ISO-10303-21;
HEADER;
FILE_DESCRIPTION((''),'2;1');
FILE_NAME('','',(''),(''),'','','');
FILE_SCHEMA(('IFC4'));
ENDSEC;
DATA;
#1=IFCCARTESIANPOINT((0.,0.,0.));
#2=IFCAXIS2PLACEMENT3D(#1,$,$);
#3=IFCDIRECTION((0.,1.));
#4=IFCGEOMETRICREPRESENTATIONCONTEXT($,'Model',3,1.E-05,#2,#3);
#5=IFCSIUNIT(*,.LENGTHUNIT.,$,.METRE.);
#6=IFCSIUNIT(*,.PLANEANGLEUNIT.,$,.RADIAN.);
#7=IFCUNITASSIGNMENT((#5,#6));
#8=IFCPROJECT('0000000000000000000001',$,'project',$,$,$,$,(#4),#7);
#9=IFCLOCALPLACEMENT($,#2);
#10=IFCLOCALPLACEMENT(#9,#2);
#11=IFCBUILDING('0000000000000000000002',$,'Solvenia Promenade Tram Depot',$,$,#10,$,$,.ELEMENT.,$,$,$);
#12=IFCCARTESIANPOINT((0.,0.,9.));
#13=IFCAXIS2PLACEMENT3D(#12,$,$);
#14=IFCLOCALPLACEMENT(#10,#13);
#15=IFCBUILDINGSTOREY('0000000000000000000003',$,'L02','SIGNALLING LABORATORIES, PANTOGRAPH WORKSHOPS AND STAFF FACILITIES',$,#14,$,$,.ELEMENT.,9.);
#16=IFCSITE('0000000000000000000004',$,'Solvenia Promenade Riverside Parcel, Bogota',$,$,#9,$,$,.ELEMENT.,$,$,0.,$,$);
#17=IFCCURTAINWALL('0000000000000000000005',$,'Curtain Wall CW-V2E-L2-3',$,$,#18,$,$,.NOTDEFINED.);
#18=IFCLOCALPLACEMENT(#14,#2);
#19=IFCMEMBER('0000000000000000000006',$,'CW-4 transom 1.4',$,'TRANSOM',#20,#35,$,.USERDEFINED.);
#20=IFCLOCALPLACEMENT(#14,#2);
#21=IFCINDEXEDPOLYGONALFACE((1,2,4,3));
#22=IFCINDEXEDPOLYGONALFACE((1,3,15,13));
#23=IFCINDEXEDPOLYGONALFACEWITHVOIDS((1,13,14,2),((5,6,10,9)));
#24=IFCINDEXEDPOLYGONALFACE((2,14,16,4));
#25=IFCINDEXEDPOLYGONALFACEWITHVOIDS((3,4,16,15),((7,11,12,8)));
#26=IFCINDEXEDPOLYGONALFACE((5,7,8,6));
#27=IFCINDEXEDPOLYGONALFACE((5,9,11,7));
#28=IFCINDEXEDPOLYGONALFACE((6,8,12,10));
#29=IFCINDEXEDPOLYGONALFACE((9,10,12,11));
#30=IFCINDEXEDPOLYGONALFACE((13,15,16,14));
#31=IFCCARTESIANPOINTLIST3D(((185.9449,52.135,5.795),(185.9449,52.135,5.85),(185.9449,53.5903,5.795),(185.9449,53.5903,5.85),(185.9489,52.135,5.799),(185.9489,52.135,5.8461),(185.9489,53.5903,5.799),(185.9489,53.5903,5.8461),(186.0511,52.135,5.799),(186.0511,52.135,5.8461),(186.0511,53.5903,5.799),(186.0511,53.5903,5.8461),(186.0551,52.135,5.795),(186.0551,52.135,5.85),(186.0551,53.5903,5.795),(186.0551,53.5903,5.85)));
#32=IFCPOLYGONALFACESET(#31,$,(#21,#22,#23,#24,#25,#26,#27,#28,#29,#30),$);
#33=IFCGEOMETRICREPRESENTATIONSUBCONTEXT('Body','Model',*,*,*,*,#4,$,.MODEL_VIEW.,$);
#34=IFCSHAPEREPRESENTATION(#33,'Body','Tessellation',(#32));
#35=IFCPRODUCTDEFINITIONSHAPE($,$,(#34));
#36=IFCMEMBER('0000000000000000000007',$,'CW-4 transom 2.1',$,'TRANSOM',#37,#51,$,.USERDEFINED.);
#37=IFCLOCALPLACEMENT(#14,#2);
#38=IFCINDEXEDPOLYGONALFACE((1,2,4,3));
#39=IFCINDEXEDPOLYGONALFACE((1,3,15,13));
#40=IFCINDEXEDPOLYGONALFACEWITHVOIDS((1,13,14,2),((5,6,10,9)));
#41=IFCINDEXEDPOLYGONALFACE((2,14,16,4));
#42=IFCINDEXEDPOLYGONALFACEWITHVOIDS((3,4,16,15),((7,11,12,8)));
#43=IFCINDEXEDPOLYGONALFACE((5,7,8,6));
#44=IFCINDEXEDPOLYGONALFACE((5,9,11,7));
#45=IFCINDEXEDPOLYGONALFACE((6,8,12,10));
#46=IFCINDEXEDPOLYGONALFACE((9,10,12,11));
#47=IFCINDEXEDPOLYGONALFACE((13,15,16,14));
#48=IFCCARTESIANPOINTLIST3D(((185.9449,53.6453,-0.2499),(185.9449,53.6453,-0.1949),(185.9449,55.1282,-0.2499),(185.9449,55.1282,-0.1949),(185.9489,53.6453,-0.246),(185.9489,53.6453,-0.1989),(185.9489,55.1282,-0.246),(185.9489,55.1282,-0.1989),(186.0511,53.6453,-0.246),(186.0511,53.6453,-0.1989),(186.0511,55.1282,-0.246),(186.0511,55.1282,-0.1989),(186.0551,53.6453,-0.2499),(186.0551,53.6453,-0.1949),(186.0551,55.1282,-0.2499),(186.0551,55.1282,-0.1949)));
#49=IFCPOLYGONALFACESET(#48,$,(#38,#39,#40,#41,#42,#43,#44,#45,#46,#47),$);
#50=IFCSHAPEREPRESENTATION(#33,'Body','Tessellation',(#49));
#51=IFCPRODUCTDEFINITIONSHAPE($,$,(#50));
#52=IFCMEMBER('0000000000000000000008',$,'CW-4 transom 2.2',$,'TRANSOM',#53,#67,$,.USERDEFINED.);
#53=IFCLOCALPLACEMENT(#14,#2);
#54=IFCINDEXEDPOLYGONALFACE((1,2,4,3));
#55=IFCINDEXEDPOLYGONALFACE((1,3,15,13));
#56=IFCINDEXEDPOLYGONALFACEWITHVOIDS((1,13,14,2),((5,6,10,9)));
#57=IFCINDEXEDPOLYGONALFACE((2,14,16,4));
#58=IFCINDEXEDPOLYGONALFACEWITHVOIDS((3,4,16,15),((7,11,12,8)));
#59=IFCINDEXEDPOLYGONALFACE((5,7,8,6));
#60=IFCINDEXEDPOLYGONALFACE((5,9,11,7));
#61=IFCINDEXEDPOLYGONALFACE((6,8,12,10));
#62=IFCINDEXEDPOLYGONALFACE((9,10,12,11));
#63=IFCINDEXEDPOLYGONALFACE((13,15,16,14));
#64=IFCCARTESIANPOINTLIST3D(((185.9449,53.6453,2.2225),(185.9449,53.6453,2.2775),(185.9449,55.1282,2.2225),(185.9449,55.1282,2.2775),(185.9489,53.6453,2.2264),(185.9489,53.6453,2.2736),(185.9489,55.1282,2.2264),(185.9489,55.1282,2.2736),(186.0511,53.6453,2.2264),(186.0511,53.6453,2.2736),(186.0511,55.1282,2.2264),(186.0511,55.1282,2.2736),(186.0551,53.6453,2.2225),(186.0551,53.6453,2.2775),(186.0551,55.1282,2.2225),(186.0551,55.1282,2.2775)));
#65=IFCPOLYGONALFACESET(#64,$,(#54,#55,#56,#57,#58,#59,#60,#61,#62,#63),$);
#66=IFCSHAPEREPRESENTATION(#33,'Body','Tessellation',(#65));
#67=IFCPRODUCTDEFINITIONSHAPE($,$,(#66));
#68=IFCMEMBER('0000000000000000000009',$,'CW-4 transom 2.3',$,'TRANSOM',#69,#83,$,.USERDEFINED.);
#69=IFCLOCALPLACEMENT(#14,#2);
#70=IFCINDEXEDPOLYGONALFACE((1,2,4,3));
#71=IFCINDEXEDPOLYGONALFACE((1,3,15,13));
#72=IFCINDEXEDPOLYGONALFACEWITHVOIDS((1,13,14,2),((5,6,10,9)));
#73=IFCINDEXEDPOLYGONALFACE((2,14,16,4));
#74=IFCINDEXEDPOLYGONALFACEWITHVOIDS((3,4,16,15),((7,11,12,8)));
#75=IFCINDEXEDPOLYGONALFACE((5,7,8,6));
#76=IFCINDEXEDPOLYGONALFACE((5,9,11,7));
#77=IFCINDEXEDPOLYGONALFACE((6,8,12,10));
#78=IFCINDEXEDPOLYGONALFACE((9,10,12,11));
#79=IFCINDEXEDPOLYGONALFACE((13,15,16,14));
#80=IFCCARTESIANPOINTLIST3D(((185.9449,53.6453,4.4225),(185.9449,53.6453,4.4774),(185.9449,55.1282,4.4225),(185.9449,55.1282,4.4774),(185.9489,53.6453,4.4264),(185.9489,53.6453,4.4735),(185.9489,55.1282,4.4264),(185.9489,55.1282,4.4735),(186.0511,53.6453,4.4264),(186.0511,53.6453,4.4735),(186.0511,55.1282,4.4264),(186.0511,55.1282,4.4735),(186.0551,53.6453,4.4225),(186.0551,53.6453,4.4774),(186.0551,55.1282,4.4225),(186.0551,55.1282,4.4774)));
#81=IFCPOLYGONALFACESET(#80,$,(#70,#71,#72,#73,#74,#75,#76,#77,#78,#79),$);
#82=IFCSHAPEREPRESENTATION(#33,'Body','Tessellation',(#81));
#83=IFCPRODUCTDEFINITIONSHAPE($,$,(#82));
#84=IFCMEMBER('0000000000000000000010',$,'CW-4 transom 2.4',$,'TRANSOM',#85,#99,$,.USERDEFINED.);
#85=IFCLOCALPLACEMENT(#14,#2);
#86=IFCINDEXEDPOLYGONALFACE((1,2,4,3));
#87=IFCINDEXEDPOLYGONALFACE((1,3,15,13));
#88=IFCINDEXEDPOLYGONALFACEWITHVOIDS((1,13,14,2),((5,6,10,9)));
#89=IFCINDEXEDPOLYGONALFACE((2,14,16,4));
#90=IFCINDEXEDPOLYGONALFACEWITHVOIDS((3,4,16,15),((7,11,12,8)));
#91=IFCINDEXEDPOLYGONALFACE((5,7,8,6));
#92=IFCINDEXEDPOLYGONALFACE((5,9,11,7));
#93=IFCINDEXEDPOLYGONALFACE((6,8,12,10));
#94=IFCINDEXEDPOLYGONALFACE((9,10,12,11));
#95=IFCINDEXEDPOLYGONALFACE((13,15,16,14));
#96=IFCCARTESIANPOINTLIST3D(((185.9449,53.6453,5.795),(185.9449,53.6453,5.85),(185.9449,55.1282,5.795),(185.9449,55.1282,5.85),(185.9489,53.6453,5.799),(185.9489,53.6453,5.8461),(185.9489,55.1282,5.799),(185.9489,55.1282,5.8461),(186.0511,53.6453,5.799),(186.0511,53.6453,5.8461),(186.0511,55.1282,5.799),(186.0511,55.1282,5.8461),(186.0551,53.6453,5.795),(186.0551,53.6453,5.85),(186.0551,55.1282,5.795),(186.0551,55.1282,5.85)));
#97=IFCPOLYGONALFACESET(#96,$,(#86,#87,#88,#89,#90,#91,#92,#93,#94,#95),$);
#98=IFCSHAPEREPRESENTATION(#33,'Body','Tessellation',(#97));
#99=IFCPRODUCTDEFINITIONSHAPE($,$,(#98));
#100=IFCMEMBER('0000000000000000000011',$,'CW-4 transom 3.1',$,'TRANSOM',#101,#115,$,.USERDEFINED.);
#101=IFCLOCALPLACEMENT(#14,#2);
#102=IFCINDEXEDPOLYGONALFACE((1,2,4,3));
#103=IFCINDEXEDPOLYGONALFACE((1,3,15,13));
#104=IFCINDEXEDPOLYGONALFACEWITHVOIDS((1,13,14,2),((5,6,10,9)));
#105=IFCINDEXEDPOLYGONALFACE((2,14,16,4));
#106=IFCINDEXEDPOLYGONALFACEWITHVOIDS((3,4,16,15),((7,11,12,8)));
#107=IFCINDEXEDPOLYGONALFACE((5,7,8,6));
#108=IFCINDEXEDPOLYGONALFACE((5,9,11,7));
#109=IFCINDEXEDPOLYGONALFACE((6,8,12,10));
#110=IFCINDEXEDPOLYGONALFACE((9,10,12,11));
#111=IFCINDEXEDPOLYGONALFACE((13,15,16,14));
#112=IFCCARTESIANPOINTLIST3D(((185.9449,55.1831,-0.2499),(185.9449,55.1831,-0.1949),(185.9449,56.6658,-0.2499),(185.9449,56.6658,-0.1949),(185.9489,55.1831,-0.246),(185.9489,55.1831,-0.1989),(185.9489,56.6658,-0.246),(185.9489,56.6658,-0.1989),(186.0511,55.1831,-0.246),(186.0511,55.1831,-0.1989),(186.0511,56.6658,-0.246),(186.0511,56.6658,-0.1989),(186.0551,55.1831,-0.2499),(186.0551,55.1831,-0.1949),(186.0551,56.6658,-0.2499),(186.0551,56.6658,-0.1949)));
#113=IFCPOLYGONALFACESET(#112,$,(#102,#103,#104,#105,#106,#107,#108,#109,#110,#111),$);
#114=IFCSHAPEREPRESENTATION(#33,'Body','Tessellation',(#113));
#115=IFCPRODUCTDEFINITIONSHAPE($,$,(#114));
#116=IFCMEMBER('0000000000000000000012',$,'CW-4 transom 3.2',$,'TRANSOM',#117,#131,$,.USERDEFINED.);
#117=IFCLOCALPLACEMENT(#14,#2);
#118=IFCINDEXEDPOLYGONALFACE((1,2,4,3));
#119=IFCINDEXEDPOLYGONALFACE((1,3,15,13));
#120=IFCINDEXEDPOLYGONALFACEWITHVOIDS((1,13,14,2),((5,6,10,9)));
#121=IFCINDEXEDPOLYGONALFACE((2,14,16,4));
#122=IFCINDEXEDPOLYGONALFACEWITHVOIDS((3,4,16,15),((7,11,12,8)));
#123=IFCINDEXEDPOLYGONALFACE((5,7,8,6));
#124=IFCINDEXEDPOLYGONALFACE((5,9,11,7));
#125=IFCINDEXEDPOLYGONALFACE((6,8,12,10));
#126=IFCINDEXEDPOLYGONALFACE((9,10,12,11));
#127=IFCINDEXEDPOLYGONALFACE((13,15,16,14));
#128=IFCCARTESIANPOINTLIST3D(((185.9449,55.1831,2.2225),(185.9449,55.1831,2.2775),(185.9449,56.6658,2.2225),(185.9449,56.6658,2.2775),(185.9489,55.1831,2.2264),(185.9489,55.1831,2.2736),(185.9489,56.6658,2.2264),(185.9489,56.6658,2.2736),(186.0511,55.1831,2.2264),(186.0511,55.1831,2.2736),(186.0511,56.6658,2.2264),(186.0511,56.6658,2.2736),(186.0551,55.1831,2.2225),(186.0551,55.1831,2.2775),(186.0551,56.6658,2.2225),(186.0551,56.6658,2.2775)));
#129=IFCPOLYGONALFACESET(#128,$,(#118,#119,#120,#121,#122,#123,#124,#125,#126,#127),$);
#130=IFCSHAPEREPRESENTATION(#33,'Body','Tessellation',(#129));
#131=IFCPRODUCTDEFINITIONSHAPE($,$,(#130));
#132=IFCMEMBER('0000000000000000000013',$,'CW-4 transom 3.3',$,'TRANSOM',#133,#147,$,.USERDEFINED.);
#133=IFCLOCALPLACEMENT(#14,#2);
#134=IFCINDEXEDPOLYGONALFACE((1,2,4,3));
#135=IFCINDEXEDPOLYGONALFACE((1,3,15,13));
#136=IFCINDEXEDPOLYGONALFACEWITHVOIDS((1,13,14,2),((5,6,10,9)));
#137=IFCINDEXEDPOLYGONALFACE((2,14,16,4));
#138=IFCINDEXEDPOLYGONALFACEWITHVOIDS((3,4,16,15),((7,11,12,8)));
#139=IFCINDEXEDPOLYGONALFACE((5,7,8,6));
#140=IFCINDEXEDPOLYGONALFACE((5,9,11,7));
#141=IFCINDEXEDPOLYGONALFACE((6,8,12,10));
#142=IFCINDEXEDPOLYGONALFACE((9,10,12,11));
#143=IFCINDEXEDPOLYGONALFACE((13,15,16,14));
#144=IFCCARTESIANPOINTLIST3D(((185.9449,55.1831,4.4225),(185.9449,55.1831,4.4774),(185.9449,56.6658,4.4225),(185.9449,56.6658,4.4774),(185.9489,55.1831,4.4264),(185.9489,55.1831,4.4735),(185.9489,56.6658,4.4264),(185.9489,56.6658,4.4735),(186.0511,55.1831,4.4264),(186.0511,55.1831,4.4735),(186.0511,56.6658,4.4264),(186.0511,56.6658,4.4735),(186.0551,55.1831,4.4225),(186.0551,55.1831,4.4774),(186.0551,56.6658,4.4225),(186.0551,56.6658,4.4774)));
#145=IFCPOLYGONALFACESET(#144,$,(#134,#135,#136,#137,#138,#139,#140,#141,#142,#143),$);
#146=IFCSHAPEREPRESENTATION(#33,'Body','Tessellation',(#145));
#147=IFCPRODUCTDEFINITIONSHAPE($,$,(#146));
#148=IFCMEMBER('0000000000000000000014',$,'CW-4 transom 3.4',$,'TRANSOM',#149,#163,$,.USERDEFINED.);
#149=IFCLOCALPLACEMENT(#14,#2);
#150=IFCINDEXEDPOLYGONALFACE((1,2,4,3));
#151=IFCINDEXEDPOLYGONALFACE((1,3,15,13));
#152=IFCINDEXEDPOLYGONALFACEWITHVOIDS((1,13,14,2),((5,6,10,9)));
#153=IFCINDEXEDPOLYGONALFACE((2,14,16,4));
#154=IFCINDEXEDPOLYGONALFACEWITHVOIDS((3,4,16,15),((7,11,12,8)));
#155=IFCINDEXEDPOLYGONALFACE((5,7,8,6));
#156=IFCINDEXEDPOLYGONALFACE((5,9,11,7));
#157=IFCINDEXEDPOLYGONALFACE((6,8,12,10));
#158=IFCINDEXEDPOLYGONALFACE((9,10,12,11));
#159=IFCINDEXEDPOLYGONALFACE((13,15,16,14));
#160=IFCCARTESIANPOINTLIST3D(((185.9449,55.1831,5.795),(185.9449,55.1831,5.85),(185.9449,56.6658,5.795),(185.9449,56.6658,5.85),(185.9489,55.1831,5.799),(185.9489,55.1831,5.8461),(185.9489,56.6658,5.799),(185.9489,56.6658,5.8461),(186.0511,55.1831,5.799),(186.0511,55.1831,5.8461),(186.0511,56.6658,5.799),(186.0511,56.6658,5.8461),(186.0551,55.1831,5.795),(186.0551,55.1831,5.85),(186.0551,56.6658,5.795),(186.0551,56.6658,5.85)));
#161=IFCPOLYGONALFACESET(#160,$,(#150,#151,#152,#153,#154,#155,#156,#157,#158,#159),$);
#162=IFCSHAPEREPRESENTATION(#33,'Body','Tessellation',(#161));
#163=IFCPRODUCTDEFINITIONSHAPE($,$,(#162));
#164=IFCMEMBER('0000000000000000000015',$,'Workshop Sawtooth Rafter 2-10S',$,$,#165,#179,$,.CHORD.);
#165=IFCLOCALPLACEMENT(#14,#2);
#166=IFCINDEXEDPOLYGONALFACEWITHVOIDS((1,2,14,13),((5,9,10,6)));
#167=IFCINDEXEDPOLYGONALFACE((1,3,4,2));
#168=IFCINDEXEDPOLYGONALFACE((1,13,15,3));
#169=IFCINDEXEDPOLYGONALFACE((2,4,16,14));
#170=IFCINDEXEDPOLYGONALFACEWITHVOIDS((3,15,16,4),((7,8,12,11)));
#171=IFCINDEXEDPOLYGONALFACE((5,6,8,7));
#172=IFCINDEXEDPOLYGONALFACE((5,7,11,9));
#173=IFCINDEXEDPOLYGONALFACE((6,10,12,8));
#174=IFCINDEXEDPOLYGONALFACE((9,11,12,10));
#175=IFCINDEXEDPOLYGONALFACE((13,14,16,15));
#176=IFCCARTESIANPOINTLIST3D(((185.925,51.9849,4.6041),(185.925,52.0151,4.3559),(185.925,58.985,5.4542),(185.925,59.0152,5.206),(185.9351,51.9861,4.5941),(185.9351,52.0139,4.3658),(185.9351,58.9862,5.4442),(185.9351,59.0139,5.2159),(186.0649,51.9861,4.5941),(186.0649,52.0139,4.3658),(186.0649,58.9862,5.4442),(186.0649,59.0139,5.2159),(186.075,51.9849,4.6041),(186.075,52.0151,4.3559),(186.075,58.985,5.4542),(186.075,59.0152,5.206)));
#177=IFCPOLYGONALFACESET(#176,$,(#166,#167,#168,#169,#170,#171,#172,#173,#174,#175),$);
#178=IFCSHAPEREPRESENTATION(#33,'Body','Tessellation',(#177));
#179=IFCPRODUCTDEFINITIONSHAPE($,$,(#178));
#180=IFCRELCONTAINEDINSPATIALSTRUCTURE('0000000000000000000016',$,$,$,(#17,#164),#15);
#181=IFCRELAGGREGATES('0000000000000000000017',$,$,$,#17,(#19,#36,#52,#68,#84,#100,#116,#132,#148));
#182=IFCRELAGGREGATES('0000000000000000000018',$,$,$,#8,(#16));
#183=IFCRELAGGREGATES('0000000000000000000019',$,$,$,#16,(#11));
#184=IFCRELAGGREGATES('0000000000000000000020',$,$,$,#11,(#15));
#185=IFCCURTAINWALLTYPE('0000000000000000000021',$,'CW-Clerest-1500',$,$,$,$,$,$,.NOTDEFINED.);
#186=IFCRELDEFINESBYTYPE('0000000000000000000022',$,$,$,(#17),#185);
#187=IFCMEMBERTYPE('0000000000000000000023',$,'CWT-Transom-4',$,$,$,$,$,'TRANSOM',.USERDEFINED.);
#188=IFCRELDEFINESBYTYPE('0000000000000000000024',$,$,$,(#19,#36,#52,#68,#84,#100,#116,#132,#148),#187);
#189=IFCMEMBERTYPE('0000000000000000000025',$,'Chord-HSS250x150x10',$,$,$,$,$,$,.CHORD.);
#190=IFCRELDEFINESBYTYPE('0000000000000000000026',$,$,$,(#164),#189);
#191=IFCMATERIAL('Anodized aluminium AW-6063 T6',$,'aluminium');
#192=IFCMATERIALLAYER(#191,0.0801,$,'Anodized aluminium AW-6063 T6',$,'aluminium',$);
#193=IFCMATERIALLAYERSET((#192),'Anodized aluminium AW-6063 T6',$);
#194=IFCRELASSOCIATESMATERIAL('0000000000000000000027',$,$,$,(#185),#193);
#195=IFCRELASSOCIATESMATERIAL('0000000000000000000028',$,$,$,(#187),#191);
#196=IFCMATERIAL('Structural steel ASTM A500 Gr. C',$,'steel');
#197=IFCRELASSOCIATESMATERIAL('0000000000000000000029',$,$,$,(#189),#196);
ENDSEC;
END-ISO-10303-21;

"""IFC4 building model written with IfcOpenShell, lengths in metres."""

from ifc_helpers import new_model, si_unit, direction, frame, origin, origin_2d, place, context, subcontext, project, spatial, hollow_rectangle, extrude, material, layer, layer_set, material_profile, profile_set, type_object, element, aggregate, save


model = new_model("IFC4")

# Units and contexts
model_context = context("Model", 3, precision=1e-05, world=origin(), true_north=direction((0.0, 1.0)))
body_context = subcontext(model_context, "Body", "Model", "MODEL_VIEW")
ifc_project = project(units=[si_unit("LENGTHUNIT", "METRE"), si_unit("PLANEANGLEUNIT", "RADIAN")], contexts=[model_context])

# Site, building, storey
site_placement = place(None, origin())
site = spatial("IfcSite", under=ifc_project, at=site_placement, Name="Solvenia Promenade Riverside Parcel, Bogota", CompositionType="ELEMENT", RefElevation=0.0)
building_placement = place(site_placement, origin())
building = spatial("IfcBuilding", under=site, at=building_placement, Name="Solvenia Promenade Tram Depot", CompositionType="ELEMENT")
storey_placement = place(building_placement, frame((0.0, 0.0, 9.0)))
storey = spatial("IfcBuildingStorey", under=building, at=storey_placement, Name="L02", Description="SIGNALLING LABORATORIES, PANTOGRAPH WORKSHOPS AND STAFF FACILITIES", CompositionType="ELEMENT", Elevation=9.0)

# Shared definitions
ifc_material_1 = material(Name="Anodized aluminium AW-6063 T6", Category="aluminium")
ifc_layer_1 = layer(ifc_material_1, 0.0801, Name="Anodized aluminium AW-6063 T6", Category="aluminium")
ifc_layer_set_1 = layer_set([ifc_layer_1], Name="Anodized aluminium AW-6063 T6")
curtain_wall_type = type_object("IfcCurtainWallType", Name="CW-Clerest-1500", PredefinedType="NOTDEFINED", material=ifc_layer_set_1)

# Curtain wall
curtain_wall_1_placement = place(storey_placement, origin())
curtain_wall_1 = element("IfcCurtainWall", 1, at=curtain_wall_1_placement, inside=storey, type_object=curtain_wall_type, Name="Curtain Wall CW-V2E-L2-3", PredefinedType="NOTDEFINED")

# Members
ifc_material_profile_1 = material_profile(ifc_material_1, hollow_rectangle(XDim=0.1101, YDim=0.0549, WallThickness=0.0039, at=origin_2d()), Name="ALU-T4", Category="aluminium")
ifc_profile_set_1 = profile_set([ifc_material_profile_1], Name="Anodized aluminium AW-6063 T6")
member_type_1 = type_object("IfcMemberType", Name="CWT-Transom-4", ElementType="TRANSOM", PredefinedType="USERDEFINED", material=ifc_profile_set_1)
member_1_placement = place(storey_placement, frame((186.0, 52.135, 5.8225), z_axis=(0.0, 1.0, 0.0), x_axis=(-1.0, 0.0, 0.0)))
member_1 = element("IfcMember", 2, at=member_1_placement, type_object=member_type_1, Name="CW-4 transom 1.4", ObjectType="TRANSOM", PredefinedType="USERDEFINED", context=body_context, shape_type="SweptSolid", body=[
    extrude(hollow_rectangle(XDim=0.1101, YDim=0.0549, WallThickness=0.0039, at=origin_2d()), origin(), (0.0, 0.0, 1.0), 1.4553),
])
member_2_placement = place(storey_placement, frame((186.0, 53.6453, -0.2224), z_axis=(0.0, 1.0, 0.0), x_axis=(-1.0, 0.0, 0.0)))
member_2 = element("IfcMember", 3, at=member_2_placement, type_object=member_type_1, Name="CW-4 transom 2.1", ObjectType="TRANSOM", PredefinedType="USERDEFINED", context=body_context, shape_type="SweptSolid", body=[
    extrude(hollow_rectangle(XDim=0.1101, YDim=0.0549, WallThickness=0.0039, at=origin_2d()), origin(), (0.0, 0.0, 1.0), 1.4829),
])
member_3_placement = place(storey_placement, frame((186.0, 53.6453, 2.25), z_axis=(0.0, 1.0, 0.0), x_axis=(-1.0, 0.0, 0.0)))
member_3 = element("IfcMember", 4, at=member_3_placement, type_object=member_type_1, Name="CW-4 transom 2.2", ObjectType="TRANSOM", PredefinedType="USERDEFINED", context=body_context, shape_type="SweptSolid", body=[
    extrude(hollow_rectangle(XDim=0.1101, YDim=0.0549, WallThickness=0.0039, at=origin_2d()), origin(), (0.0, 0.0, 1.0), 1.4829),
])
member_4_placement = place(storey_placement, frame((186.0, 53.6453, 4.45), z_axis=(0.0, 1.0, 0.0), x_axis=(-1.0, 0.0, 0.0)))
member_4 = element("IfcMember", 5, at=member_4_placement, type_object=member_type_1, Name="CW-4 transom 2.3", ObjectType="TRANSOM", PredefinedType="USERDEFINED", context=body_context, shape_type="SweptSolid", body=[
    extrude(hollow_rectangle(XDim=0.1101, YDim=0.0549, WallThickness=0.0039, at=origin_2d()), origin(), (0.0, 0.0, 1.0), 1.4829),
])
member_5_placement = place(storey_placement, frame((186.0, 53.6453, 5.8225), z_axis=(0.0, 1.0, 0.0), x_axis=(-1.0, 0.0, 0.0)))
member_5 = element("IfcMember", 6, at=member_5_placement, type_object=member_type_1, Name="CW-4 transom 2.4", ObjectType="TRANSOM", PredefinedType="USERDEFINED", context=body_context, shape_type="SweptSolid", body=[
    extrude(hollow_rectangle(XDim=0.1101, YDim=0.0549, WallThickness=0.0039, at=origin_2d()), origin(), (0.0, 0.0, 1.0), 1.4829),
])
member_6_placement = place(storey_placement, frame((186.0, 55.1831, -0.2224), z_axis=(0.0, 1.0, 0.0), x_axis=(-1.0, 0.0, 0.0)))
member_6 = element("IfcMember", 7, at=member_6_placement, type_object=member_type_1, Name="CW-4 transom 3.1", ObjectType="TRANSOM", PredefinedType="USERDEFINED", context=body_context, shape_type="SweptSolid", body=[
    extrude(hollow_rectangle(XDim=0.1101, YDim=0.0549, WallThickness=0.0039, at=origin_2d()), origin(), (0.0, 0.0, 1.0), 1.4827),
])
member_7_placement = place(storey_placement, frame((186.0, 55.1831, 2.25), z_axis=(0.0, 1.0, 0.0), x_axis=(-1.0, 0.0, 0.0)))
member_7 = element("IfcMember", 8, at=member_7_placement, type_object=member_type_1, Name="CW-4 transom 3.2", ObjectType="TRANSOM", PredefinedType="USERDEFINED", context=body_context, shape_type="SweptSolid", body=[
    extrude(hollow_rectangle(XDim=0.1101, YDim=0.0549, WallThickness=0.0039, at=origin_2d()), origin(), (0.0, 0.0, 1.0), 1.4827),
])
member_8_placement = place(storey_placement, frame((186.0, 55.1831, 4.45), z_axis=(0.0, 1.0, 0.0), x_axis=(-1.0, 0.0, 0.0)))
member_8 = element("IfcMember", 9, at=member_8_placement, type_object=member_type_1, Name="CW-4 transom 3.3", ObjectType="TRANSOM", PredefinedType="USERDEFINED", context=body_context, shape_type="SweptSolid", body=[
    extrude(hollow_rectangle(XDim=0.1101, YDim=0.0549, WallThickness=0.0039, at=origin_2d()), origin(), (0.0, 0.0, 1.0), 1.4827),
])
member_9_placement = place(storey_placement, frame((186.0, 55.1831, 5.8225), z_axis=(0.0, 1.0, 0.0), x_axis=(-1.0, 0.0, 0.0)))
member_9 = element("IfcMember", 10, at=member_9_placement, type_object=member_type_1, Name="CW-4 transom 3.4", ObjectType="TRANSOM", PredefinedType="USERDEFINED", context=body_context, shape_type="SweptSolid", body=[
    extrude(hollow_rectangle(XDim=0.1101, YDim=0.0549, WallThickness=0.0039, at=origin_2d()), origin(), (0.0, 0.0, 1.0), 1.4827),
])

# Member
ifc_material_2 = material(Name="Structural steel ASTM A500 Gr. C", Category="steel")
ifc_material_profile_2 = material_profile(ifc_material_2, hollow_rectangle(XDim=0.1499, YDim=0.25, WallThickness=0.01, at=origin_2d()), Name="HSS250x150x10", Category="steel")
ifc_profile_set_2 = profile_set([ifc_material_profile_2], Name="Structural steel ASTM A500 Gr. C")
member_type_2 = type_object("IfcMemberType", Name="Chord-HSS250x150x10", PredefinedType="CHORD", material=ifc_profile_set_2)
member_10_placement = place(storey_placement, frame((186.0, 52.0, 4.48), z_axis=(0.0, 0.992706, 0.120557), x_axis=(-1.0, 0.0, 0.0)))
element("IfcMember", 11, at=member_10_placement, inside=storey, type_object=member_type_2, Name="Workshop Sawtooth Rafter 2-10S", PredefinedType="CHORD", context=body_context, shape_type="SweptSolid", body=[
    extrude(hollow_rectangle(XDim=0.1499, YDim=0.25, WallThickness=0.01, at=origin_2d()), origin(), (0.0, 0.0, 1.0), 7.0515),
])

aggregate(curtain_wall_1, [member_1, member_2, member_3, member_4, member_5, member_6, member_7, member_8, member_9])

save(model, "model.ifc")
